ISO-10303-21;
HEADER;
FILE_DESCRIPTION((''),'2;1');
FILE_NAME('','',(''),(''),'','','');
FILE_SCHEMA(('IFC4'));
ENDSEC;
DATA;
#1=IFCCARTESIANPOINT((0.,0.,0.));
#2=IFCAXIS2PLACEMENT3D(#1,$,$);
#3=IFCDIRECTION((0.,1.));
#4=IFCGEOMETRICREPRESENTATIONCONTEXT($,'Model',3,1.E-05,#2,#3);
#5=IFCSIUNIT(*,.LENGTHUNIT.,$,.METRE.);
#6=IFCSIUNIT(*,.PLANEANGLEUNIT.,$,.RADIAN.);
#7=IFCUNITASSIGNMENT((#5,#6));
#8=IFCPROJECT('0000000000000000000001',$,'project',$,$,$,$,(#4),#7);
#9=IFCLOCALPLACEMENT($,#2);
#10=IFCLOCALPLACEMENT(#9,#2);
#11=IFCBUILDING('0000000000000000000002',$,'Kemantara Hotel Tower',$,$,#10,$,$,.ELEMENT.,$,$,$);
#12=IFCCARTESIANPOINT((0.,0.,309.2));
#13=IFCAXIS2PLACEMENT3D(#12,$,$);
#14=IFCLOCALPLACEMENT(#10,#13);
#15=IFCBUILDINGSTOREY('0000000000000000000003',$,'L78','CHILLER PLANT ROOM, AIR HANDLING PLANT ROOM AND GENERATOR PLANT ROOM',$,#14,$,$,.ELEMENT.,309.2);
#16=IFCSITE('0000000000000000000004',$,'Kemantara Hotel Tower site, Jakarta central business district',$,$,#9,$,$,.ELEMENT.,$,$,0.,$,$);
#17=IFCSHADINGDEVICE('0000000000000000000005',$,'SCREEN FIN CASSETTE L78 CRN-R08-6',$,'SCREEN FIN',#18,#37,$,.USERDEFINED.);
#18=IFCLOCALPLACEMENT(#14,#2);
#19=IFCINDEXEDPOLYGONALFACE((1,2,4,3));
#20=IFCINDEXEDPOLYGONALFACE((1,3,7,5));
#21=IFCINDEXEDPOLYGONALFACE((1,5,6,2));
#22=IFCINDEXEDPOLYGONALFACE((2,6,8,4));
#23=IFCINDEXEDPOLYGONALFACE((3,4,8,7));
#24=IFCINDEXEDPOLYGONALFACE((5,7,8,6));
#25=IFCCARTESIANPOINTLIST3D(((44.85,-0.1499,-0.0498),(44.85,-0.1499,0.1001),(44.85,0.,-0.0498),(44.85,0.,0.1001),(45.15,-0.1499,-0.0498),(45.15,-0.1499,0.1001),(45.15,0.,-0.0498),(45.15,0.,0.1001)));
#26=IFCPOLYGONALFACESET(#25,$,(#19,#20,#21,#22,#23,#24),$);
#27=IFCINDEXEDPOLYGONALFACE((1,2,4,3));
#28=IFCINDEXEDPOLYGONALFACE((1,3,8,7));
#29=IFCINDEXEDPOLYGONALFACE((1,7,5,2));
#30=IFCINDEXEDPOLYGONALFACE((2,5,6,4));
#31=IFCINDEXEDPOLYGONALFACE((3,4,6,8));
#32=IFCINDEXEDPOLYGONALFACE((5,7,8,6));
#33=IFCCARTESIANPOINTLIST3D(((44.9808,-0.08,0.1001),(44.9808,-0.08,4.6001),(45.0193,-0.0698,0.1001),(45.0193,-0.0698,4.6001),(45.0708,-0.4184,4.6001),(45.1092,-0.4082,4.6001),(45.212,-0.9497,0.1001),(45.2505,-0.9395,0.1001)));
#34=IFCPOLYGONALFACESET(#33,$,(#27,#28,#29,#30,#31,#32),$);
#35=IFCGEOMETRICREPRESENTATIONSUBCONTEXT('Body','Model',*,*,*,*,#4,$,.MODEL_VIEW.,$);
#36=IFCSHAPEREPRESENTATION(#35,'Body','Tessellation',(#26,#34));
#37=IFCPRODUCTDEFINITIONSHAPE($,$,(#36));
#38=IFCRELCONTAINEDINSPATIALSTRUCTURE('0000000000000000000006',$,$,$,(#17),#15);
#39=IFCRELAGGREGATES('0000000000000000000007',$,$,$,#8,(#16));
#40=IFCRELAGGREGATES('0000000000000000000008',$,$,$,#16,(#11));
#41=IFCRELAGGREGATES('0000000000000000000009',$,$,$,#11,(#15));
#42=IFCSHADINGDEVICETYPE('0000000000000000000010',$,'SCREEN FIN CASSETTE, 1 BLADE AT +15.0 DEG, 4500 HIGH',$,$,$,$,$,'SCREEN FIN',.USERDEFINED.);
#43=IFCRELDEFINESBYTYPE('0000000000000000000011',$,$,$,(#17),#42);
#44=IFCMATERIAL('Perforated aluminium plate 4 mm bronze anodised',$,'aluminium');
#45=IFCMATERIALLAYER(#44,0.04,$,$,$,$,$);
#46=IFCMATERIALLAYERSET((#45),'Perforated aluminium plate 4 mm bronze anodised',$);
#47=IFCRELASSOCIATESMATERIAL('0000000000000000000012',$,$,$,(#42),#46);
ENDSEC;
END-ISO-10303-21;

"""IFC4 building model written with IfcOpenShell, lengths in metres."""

from ifc_helpers import new_model, si_unit, direction, frame, origin, origin_2d, place, context, subcontext, project, spatial, polyline, rectangle, outline, extrude, source, transform, mapped, material, layer, layer_set, type_object, element, save


model = new_model("IFC4")

# Units and contexts
model_context = context("Model", 3, precision=1e-05, world=origin(), true_north=direction((0.0, 1.0)))
body_context = subcontext(model_context, "Body", "Model", "MODEL_VIEW")
ifc_project = project(units=[si_unit("LENGTHUNIT", "METRE"), si_unit("PLANEANGLEUNIT", "RADIAN")], contexts=[model_context])

# Site, building, storey
site_placement = place(None, origin())
site = spatial("IfcSite", under=ifc_project, at=site_placement, Name="Kemantara Hotel Tower site, Jakarta central business district", CompositionType="ELEMENT", RefElevation=0.0)
building_placement = place(site_placement, origin())
building = spatial("IfcBuilding", under=site, at=building_placement, Name="Kemantara Hotel Tower", CompositionType="ELEMENT")
storey_placement = place(building_placement, frame((0.0, 0.0, 309.2)))
storey = spatial("IfcBuildingStorey", under=building, at=storey_placement, Name="L78", Description="CHILLER PLANT ROOM, AIR HANDLING PLANT ROOM AND GENERATOR PLANT ROOM", CompositionType="ELEMENT", Elevation=309.2)

# Shading device
ifc_material_1 = material(Name="Perforated aluminium plate 4 mm bronze anodised", Category="aluminium")
ifc_layer_1 = layer(ifc_material_1, 0.04)
ifc_layer_set_1 = layer_set([ifc_layer_1], Name="Perforated aluminium plate 4 mm bronze anodised")
shading_device_type_1 = type_object("IfcShadingDeviceType", Name="SCREEN FIN CASSETTE, 1 BLADE AT +15.0 DEG, 4500 HIGH", ElementType="SCREEN FIN", PredefinedType="USERDEFINED", material=ifc_layer_set_1)
shared_shape_1 = source(origin(), body_context, "Body", "SweptSolid", [
    extrude(rectangle(XDim=0.3, YDim=0.1499, at=origin_2d()), frame((0.0, -0.075, -0.1499), z_axis=(0.0, 0.0, 1.0), x_axis=(1.0, 0.0, 0.0)), (0.0, 0.0, 1.0), 0.1499),
    extrude(outline(polyline([(0.0, 0.0), (0.8999, 0.0), (0.3501, 4.5), (0.0, 4.5), (0.0, 0.0)])), frame((0.0193, -0.0698, 0.0), z_axis=(-0.966438, -0.256901, 0.0), x_axis=(0.256901, -0.966438, 0.0)), (0.0, 0.0, 1.0), 0.0398),
])
shading_device_1_placement = place(storey_placement, frame((45.0, 0.0, 0.1001), z_axis=(0.0, 0.0, 1.0), x_axis=(1.0, 0.0, 0.0)))
element("IfcShadingDevice", 1, at=shading_device_1_placement, inside=storey, type_object=shading_device_type_1, Name="SCREEN FIN CASSETTE L78 CRN-R08-6", ObjectType="SCREEN FIN", PredefinedType="USERDEFINED", context=body_context, shape_type="MappedRepresentation", body=[
    mapped(shared_shape_1, transform((0.0, 0.0, 0.0))),
])

save(model, "model.ifc")
